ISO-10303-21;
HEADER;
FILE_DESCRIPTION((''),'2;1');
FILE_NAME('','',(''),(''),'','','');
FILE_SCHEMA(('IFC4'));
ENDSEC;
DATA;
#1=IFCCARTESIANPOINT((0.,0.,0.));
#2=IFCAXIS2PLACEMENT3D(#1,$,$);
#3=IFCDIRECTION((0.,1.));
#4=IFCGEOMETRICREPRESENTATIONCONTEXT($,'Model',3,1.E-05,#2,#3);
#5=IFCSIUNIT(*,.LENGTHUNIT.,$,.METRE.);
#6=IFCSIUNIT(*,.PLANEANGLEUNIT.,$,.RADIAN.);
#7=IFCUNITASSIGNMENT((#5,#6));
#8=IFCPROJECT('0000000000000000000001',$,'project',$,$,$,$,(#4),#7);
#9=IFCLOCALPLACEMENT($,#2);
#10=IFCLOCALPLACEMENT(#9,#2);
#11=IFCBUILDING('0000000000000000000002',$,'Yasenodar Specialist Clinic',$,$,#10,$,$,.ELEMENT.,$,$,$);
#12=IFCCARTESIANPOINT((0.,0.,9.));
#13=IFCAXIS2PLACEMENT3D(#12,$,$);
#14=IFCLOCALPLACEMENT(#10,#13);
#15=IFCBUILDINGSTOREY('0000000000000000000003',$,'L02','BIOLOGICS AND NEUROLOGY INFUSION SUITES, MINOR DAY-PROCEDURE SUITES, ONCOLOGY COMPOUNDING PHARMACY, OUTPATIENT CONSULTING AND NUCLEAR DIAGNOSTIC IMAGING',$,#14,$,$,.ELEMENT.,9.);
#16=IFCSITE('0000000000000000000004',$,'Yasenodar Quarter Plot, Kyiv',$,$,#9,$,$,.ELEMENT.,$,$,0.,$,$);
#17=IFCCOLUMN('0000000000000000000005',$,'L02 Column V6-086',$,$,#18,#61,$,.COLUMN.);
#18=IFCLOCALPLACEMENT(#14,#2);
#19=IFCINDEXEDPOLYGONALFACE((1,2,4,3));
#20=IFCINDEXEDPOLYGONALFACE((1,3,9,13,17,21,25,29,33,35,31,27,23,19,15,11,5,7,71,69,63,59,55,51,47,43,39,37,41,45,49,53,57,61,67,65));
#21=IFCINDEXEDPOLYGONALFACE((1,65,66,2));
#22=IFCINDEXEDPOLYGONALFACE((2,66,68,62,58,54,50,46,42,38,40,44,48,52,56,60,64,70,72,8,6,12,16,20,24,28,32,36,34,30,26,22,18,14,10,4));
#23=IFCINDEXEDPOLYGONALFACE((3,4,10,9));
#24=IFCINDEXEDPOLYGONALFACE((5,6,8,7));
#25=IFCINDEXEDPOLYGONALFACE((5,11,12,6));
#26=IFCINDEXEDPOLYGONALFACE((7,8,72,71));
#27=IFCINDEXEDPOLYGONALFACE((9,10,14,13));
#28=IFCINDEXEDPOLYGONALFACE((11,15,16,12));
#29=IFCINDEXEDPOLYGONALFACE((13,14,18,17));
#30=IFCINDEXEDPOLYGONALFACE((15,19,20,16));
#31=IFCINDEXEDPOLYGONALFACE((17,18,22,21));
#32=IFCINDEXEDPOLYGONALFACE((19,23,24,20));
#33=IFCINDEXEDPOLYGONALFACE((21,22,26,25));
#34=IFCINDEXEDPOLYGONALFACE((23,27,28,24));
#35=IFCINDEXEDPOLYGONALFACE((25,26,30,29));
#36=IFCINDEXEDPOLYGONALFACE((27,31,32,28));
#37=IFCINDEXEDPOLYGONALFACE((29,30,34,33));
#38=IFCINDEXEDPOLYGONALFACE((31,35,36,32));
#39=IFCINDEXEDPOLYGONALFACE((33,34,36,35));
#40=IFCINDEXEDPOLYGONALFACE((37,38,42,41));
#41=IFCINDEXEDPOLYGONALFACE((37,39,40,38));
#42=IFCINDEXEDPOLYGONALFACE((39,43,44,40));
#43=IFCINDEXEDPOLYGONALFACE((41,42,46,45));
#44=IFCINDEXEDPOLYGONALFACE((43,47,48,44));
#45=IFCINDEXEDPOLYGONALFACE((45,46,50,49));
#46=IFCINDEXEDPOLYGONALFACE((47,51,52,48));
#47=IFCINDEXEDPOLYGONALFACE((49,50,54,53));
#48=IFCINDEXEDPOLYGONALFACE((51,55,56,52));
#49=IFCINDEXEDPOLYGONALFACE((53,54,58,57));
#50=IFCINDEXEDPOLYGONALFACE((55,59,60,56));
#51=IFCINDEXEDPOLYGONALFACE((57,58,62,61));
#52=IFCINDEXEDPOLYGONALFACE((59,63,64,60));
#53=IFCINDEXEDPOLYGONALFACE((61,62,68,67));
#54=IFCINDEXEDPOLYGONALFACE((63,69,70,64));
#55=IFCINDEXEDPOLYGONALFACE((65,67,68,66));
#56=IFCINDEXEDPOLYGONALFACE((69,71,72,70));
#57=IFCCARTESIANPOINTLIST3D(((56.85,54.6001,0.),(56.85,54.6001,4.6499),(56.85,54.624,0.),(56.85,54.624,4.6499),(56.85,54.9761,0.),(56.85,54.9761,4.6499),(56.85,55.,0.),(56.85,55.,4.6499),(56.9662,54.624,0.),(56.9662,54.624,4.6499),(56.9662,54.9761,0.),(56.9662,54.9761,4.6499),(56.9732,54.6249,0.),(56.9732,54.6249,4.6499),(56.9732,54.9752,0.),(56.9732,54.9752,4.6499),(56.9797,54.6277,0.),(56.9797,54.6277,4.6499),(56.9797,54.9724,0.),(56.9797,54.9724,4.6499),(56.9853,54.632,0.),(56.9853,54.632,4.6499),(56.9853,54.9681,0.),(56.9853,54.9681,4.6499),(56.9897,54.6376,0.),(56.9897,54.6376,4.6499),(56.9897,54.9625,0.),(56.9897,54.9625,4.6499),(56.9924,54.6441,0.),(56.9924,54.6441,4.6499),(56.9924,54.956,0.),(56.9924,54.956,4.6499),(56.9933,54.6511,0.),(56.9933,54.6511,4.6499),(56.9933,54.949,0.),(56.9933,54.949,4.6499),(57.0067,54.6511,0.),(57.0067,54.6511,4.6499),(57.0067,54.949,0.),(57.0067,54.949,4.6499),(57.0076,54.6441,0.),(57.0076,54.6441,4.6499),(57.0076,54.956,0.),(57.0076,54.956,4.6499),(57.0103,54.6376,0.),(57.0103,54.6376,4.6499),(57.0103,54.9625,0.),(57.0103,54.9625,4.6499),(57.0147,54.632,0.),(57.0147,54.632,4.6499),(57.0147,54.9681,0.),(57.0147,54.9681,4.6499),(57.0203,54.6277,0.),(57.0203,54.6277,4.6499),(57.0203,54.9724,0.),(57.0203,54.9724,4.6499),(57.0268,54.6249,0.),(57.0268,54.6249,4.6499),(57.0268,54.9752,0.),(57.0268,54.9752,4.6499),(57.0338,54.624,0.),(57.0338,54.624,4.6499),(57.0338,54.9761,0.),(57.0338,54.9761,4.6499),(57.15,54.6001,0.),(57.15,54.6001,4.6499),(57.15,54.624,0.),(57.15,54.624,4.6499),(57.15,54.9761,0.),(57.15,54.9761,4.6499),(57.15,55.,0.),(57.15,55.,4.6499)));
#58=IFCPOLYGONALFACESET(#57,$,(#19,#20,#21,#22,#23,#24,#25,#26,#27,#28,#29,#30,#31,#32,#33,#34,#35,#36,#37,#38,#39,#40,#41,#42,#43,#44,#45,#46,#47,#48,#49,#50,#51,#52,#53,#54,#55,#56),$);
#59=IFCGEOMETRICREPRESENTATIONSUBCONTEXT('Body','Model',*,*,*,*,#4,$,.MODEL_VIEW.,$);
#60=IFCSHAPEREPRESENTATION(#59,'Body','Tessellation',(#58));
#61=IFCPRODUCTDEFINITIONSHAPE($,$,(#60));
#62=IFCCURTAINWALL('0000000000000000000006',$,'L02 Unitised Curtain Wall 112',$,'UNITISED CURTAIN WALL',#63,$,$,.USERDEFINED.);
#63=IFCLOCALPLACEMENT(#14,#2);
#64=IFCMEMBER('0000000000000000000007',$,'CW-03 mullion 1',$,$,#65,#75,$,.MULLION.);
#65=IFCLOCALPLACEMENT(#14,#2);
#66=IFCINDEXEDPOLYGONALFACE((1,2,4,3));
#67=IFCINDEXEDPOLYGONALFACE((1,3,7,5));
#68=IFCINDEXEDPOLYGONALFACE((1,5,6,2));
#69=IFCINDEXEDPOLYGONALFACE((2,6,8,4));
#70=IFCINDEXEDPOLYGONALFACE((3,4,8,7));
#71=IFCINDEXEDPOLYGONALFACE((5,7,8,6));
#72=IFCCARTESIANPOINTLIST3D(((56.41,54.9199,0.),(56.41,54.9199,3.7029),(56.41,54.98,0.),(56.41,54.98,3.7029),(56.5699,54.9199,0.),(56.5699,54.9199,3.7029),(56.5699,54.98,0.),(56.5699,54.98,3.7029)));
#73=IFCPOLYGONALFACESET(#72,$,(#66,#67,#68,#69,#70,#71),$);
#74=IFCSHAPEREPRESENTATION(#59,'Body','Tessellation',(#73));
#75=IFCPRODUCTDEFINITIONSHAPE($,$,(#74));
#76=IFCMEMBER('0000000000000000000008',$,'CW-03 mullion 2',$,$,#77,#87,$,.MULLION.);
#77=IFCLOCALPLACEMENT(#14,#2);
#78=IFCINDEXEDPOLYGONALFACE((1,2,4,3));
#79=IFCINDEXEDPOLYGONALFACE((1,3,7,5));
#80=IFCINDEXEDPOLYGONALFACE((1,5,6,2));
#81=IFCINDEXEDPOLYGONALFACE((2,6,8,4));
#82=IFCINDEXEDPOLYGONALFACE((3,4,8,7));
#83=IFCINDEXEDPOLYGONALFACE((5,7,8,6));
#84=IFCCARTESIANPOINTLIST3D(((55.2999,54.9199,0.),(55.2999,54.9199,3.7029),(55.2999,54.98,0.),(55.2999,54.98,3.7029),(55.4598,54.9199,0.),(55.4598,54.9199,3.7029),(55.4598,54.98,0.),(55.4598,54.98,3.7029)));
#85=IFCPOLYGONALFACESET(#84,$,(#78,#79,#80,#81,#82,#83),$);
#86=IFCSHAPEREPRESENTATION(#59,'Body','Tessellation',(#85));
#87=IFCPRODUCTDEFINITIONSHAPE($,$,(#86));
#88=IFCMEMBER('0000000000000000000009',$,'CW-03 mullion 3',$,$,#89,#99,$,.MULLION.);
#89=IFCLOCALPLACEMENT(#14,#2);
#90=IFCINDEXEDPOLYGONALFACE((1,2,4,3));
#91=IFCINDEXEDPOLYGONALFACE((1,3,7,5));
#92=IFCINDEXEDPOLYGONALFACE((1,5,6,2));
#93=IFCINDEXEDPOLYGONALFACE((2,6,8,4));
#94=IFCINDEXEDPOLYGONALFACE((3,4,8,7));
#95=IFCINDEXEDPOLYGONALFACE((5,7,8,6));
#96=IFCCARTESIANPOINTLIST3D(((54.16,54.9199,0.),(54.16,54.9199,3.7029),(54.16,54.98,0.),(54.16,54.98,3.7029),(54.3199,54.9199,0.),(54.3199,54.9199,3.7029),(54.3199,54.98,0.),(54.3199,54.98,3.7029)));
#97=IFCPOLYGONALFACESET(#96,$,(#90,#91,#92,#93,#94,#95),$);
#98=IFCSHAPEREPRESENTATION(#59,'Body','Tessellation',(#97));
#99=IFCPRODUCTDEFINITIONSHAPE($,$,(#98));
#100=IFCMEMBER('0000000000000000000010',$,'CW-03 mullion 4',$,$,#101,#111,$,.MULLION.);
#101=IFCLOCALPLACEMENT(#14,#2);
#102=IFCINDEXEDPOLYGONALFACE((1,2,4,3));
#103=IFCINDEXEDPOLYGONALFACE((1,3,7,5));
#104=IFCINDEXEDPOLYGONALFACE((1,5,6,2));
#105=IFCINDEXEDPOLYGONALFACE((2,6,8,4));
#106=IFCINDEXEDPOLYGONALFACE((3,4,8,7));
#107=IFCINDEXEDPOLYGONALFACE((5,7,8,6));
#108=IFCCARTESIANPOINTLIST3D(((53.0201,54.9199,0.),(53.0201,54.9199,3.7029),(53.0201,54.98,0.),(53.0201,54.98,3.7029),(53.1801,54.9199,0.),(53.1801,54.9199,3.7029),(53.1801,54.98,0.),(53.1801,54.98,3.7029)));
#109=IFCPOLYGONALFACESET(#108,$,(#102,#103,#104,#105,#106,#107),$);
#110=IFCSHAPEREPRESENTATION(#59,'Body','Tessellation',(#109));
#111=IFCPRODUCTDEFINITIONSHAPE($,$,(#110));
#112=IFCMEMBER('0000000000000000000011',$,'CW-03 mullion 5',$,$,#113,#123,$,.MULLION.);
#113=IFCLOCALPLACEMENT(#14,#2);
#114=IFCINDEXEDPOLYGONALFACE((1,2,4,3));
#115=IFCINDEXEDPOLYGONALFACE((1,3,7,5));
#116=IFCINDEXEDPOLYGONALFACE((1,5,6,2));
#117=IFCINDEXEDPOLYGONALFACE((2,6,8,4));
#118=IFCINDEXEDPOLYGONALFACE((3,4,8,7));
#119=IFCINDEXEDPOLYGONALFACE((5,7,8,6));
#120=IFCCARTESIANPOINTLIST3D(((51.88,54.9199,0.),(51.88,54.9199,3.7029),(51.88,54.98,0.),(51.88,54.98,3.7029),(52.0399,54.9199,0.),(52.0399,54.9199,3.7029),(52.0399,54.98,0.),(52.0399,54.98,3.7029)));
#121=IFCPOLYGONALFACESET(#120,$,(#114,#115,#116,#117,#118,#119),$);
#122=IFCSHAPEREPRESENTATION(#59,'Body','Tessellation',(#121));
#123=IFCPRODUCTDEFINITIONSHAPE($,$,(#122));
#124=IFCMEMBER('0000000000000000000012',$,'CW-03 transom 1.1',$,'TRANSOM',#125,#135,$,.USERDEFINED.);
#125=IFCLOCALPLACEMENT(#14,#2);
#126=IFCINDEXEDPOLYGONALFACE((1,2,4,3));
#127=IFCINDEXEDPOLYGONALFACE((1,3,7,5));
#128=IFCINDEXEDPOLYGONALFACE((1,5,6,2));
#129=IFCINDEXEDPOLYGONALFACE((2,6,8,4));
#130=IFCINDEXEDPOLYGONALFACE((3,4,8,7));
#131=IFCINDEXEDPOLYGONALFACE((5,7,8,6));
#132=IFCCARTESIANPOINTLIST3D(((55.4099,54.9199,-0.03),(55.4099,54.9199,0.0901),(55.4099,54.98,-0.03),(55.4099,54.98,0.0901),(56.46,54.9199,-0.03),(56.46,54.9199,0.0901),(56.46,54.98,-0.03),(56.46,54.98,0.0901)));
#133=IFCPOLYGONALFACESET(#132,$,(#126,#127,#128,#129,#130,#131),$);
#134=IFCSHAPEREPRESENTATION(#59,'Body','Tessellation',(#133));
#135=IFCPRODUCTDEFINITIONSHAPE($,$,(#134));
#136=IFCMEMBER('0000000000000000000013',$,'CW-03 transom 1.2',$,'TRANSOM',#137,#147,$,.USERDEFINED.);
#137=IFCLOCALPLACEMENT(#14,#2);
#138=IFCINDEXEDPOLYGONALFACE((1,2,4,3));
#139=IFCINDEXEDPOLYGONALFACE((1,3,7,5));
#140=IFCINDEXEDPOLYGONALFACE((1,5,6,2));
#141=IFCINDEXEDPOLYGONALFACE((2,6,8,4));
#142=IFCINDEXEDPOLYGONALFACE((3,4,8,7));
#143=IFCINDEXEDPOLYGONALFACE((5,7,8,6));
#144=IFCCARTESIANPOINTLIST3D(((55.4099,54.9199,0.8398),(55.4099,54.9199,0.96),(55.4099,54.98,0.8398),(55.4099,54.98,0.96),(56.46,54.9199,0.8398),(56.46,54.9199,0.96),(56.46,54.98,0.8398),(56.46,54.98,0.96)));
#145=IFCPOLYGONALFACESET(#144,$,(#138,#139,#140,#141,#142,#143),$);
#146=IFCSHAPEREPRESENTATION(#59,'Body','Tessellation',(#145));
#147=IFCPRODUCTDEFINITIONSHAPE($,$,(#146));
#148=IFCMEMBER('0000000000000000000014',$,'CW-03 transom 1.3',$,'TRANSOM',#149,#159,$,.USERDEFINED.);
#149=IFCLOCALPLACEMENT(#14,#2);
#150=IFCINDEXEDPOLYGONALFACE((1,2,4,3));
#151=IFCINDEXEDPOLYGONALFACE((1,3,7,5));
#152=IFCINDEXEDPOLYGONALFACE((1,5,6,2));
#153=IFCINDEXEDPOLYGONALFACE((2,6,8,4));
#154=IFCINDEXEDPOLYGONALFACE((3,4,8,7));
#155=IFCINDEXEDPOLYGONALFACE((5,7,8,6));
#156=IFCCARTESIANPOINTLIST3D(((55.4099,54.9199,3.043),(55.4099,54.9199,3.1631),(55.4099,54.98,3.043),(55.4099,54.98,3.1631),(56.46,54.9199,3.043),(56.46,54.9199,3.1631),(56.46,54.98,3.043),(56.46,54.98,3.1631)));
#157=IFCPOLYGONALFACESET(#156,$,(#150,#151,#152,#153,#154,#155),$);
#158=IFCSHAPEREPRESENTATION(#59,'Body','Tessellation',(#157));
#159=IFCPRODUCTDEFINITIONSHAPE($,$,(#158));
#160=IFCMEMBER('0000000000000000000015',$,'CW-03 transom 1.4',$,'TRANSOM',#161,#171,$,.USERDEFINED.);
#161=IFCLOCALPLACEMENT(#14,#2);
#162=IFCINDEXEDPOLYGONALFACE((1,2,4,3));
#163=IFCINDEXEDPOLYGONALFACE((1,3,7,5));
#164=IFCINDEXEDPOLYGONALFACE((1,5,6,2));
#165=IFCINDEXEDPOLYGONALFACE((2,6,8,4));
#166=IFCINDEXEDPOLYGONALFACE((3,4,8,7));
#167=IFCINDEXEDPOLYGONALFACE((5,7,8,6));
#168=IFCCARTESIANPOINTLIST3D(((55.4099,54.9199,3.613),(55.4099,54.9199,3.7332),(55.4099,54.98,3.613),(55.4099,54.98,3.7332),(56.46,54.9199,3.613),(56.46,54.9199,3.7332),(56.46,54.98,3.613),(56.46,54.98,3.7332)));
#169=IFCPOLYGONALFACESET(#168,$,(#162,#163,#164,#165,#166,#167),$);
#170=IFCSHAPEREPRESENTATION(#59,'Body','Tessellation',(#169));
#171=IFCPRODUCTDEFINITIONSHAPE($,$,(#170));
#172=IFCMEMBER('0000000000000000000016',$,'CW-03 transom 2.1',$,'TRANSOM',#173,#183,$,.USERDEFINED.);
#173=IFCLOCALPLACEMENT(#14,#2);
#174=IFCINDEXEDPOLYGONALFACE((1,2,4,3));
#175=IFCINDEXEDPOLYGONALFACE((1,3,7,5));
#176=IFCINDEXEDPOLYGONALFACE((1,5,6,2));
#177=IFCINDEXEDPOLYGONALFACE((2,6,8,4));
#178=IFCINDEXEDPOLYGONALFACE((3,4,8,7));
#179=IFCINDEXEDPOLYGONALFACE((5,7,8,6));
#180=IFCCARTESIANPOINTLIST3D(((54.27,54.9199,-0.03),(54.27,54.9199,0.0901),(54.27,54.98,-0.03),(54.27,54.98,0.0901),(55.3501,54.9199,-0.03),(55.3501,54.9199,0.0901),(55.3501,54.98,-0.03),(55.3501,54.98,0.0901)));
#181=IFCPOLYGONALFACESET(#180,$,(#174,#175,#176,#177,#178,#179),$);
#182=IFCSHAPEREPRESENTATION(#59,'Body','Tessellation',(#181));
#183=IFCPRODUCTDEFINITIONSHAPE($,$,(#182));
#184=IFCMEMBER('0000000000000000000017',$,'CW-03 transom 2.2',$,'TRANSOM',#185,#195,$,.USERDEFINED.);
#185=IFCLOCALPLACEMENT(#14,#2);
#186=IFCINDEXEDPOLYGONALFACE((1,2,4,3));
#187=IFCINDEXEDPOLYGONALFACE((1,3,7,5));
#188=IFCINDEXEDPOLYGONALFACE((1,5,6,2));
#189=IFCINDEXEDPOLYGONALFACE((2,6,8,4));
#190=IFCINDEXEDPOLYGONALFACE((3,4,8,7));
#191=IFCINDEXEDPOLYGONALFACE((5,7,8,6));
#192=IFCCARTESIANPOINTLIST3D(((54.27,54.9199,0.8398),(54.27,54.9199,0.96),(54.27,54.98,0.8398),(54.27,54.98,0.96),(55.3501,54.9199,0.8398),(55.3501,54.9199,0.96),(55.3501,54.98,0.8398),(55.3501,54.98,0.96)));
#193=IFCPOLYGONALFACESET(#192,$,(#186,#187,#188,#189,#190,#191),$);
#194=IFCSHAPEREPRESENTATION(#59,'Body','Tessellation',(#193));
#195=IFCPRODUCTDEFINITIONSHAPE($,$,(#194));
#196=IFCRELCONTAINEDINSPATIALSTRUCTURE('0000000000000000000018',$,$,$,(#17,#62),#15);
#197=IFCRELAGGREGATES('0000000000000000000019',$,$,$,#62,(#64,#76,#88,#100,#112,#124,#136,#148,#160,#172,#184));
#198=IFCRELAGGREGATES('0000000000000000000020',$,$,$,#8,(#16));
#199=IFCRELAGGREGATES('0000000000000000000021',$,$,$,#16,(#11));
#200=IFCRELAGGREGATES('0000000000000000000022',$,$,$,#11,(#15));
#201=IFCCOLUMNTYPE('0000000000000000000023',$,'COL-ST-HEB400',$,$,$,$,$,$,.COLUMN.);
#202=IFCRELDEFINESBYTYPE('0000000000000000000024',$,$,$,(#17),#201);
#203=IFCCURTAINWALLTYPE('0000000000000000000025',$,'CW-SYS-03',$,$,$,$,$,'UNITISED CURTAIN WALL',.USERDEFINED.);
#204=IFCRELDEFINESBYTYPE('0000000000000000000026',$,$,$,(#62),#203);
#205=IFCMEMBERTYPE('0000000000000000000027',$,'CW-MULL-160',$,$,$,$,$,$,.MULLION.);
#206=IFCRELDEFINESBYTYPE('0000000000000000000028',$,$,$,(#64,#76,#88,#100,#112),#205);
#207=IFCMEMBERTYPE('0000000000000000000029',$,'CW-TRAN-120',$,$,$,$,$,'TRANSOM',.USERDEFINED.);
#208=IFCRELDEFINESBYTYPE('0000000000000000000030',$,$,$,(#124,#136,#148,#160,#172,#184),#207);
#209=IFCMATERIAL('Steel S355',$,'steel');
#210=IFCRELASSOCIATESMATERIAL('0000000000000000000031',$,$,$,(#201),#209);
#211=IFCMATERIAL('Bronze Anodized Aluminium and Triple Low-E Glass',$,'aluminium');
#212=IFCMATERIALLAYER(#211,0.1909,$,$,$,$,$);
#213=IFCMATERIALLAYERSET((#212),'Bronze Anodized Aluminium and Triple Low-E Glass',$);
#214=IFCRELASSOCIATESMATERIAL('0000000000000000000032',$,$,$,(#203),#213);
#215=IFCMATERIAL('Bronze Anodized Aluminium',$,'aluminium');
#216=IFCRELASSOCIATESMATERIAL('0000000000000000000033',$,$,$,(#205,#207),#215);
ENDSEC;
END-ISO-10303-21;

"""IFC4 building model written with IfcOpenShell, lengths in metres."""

from ifc_helpers import new_model, si_unit, direction, frame, origin, origin_2d, place, context, subcontext, project, spatial, rectangle, i_section, extrude, material, layer, layer_set, material_profile, profile_set, type_object, element, aggregate, save


model = new_model("IFC4")

# Units and contexts
model_context = context("Model", 3, precision=1e-05, world=origin(), true_north=direction((0.0, 1.0)))
body_context = subcontext(model_context, "Body", "Model", "MODEL_VIEW")
ifc_project = project(units=[si_unit("LENGTHUNIT", "METRE"), si_unit("PLANEANGLEUNIT", "RADIAN")], contexts=[model_context])

# Site, building, storey
site_placement = place(None, origin())
site = spatial("IfcSite", under=ifc_project, at=site_placement, Name="Yasenodar Quarter Plot, Kyiv", CompositionType="ELEMENT", RefElevation=0.0)
building_placement = place(site_placement, origin())
building = spatial("IfcBuilding", under=site, at=building_placement, Name="Yasenodar Specialist Clinic", CompositionType="ELEMENT")
storey_placement = place(building_placement, frame((0.0, 0.0, 9.0)))
storey = spatial("IfcBuildingStorey", under=building, at=storey_placement, Name="L02", Description="BIOLOGICS AND NEUROLOGY INFUSION SUITES, MINOR DAY-PROCEDURE SUITES, ONCOLOGY COMPOUNDING PHARMACY, OUTPATIENT CONSULTING AND NUCLEAR DIAGNOSTIC IMAGING", CompositionType="ELEMENT", Elevation=9.0)

# Column
ifc_material_1 = material(Name="Steel S355", Category="steel")
ifc_material_profile_1 = material_profile(ifc_material_1, i_section(OverallWidth=0.3, OverallDepth=0.3999, WebThickness=0.0134, FlangeThickness=0.0239, FilletRadius=0.0271, at=origin_2d()), Name="HEB 400")
ifc_profile_set_1 = profile_set([ifc_material_profile_1], Name="Steel S355")
column_type = type_object("IfcColumnType", Name="COL-ST-HEB400", PredefinedType="COLUMN", material=ifc_profile_set_1)
column_placement = place(storey_placement, frame((57.0, 54.8, 0.0), z_axis=(0.0, 0.0, 1.0), x_axis=(1.0, 0.0, 0.0)))
element("IfcColumn", 1, at=column_placement, inside=storey, type_object=column_type, Name="L02 Column V6-086", PredefinedType="COLUMN", context=body_context, shape_type="SweptSolid", body=[
    extrude(i_section(OverallWidth=0.3, OverallDepth=0.3999, WebThickness=0.0134, FlangeThickness=0.0239, FilletRadius=0.0271, at=origin_2d()), origin(), (0.0, 0.0, 1.0), 4.6499),
])

# Curtain wall, members
ifc_material_2 = material(Name="Bronze Anodized Aluminium and Triple Low-E Glass", Category="aluminium")
ifc_layer_1 = layer(ifc_material_2, 0.1909)
ifc_layer_set_1 = layer_set([ifc_layer_1], Name="Bronze Anodized Aluminium and Triple Low-E Glass")
curtain_wall_type = type_object("IfcCurtainWallType", Name="CW-SYS-03", ElementType="UNITISED CURTAIN WALL", PredefinedType="USERDEFINED", material=ifc_layer_set_1)
curtain_wall_placement = place(storey_placement, origin())
curtain_wall = element("IfcCurtainWall", 2, at=curtain_wall_placement, inside=storey, type_object=curtain_wall_type, Name="L02 Unitised Curtain Wall 112", ObjectType="UNITISED CURTAIN WALL", PredefinedType="USERDEFINED")
ifc_material_3 = material(Name="Bronze Anodized Aluminium", Category="aluminium")
ifc_material_profile_2 = material_profile(ifc_material_3, rectangle(XDim=0.0601, YDim=0.1599, at=origin_2d()), Name="CW-MULL 60x160")
ifc_profile_set_2 = profile_set([ifc_material_profile_2], Name="Bronze Anodized Aluminium")
member_type_1 = type_object("IfcMemberType", Name="CW-MULL-160", PredefinedType="MULLION", material=ifc_profile_set_2)
member_1_placement = place(storey_placement, frame((56.49, 54.95, 0.0), z_axis=(0.0, 0.0, 1.0), x_axis=(0.0, -1.0, 0.0)))
member_1 = element("IfcMember", 3, at=member_1_placement, type_object=member_type_1, Name="CW-03 mullion 1", PredefinedType="MULLION", context=body_context, shape_type="SweptSolid", body=[
    extrude(rectangle(XDim=0.0601, YDim=0.1599, at=origin_2d()), origin(), (0.0, 0.0, 1.0), 3.7029),
])
member_2_placement = place(storey_placement, frame((55.3799, 54.95, 0.0), z_axis=(0.0, 0.0, 1.0), x_axis=(0.0, -1.0, 0.0)))
member_2 = element("IfcMember", 4, at=member_2_placement, type_object=member_type_1, Name="CW-03 mullion 2", PredefinedType="MULLION", context=body_context, shape_type="SweptSolid", body=[
    extrude(rectangle(XDim=0.0601, YDim=0.1599, at=origin_2d()), origin(), (0.0, 0.0, 1.0), 3.7029),
])
member_3_placement = place(storey_placement, frame((54.24, 54.95, 0.0), z_axis=(0.0, 0.0, 1.0), x_axis=(0.0, -1.0, 0.0)))
member_3 = element("IfcMember", 5, at=member_3_placement, type_object=member_type_1, Name="CW-03 mullion 3", PredefinedType="MULLION", context=body_context, shape_type="SweptSolid", body=[
    extrude(rectangle(XDim=0.0601, YDim=0.1599, at=origin_2d()), origin(), (0.0, 0.0, 1.0), 3.7029),
])
member_4_placement = place(storey_placement, frame((53.1001, 54.95, 0.0), z_axis=(0.0, 0.0, 1.0), x_axis=(0.0, -1.0, 0.0)))
member_4 = element("IfcMember", 6, at=member_4_placement, type_object=member_type_1, Name="CW-03 mullion 4", PredefinedType="MULLION", context=body_context, shape_type="SweptSolid", body=[
    extrude(rectangle(XDim=0.0601, YDim=0.1599, at=origin_2d()), origin(), (0.0, 0.0, 1.0), 3.7029),
])
member_5_placement = place(storey_placement, frame((51.96, 54.95, 0.0), z_axis=(0.0, 0.0, 1.0), x_axis=(0.0, -1.0, 0.0)))
member_5 = element("IfcMember", 7, at=member_5_placement, type_object=member_type_1, Name="CW-03 mullion 5", PredefinedType="MULLION", context=body_context, shape_type="SweptSolid", body=[
    extrude(rectangle(XDim=0.0601, YDim=0.1599, at=origin_2d()), origin(), (0.0, 0.0, 1.0), 3.7029),
])
ifc_material_profile_3 = material_profile(ifc_material_3, rectangle(XDim=0.0601, YDim=0.1201, at=origin_2d()), Name="CW-TRAN 60x120")
ifc_profile_set_3 = profile_set([ifc_material_profile_3], Name="Bronze Anodized Aluminium")
member_type_2 = type_object("IfcMemberType", Name="CW-TRAN-120", ElementType="TRANSOM", PredefinedType="USERDEFINED", material=ifc_profile_set_3)
member_6_placement = place(storey_placement, frame((56.46, 54.95, 0.03), z_axis=(-1.0, 0.0, 0.0), x_axis=(0.0, -1.0, 0.0)))
member_6 = element("IfcMember", 8, at=member_6_placement, type_object=member_type_2, Name="CW-03 transom 1.1", ObjectType="TRANSOM", PredefinedType="USERDEFINED", context=body_context, shape_type="SweptSolid", body=[
    extrude(rectangle(XDim=0.0601, YDim=0.1201, at=origin_2d()), origin(), (0.0, 0.0, 1.0), 1.05),
])
member_7_placement = place(storey_placement, frame((56.46, 54.95, 0.8999), z_axis=(-1.0, 0.0, 0.0), x_axis=(0.0, -1.0, 0.0)))
member_7 = element("IfcMember", 9, at=member_7_placement, type_object=member_type_2, Name="CW-03 transom 1.2", ObjectType="TRANSOM", PredefinedType="USERDEFINED", context=body_context, shape_type="SweptSolid", body=[
    extrude(rectangle(XDim=0.0601, YDim=0.1201, at=origin_2d()), origin(), (0.0, 0.0, 1.0), 1.05),
])
member_8_placement = place(storey_placement, frame((56.46, 54.95, 3.103), z_axis=(-1.0, 0.0, 0.0), x_axis=(0.0, -1.0, 0.0)))
member_8 = element("IfcMember", 10, at=member_8_placement, type_object=member_type_2, Name="CW-03 transom 1.3", ObjectType="TRANSOM", PredefinedType="USERDEFINED", context=body_context, shape_type="SweptSolid", body=[
    extrude(rectangle(XDim=0.0601, YDim=0.1201, at=origin_2d()), origin(), (0.0, 0.0, 1.0), 1.05),
])
member_9_placement = place(storey_placement, frame((56.46, 54.95, 3.6731), z_axis=(-1.0, 0.0, 0.0), x_axis=(0.0, -1.0, 0.0)))
member_9 = element("IfcMember", 11, at=member_9_placement, type_object=member_type_2, Name="CW-03 transom 1.4", ObjectType="TRANSOM", PredefinedType="USERDEFINED", context=body_context, shape_type="SweptSolid", body=[
    extrude(rectangle(XDim=0.0601, YDim=0.1201, at=origin_2d()), origin(), (0.0, 0.0, 1.0), 1.05),
])
member_10_placement = place(storey_placement, frame((55.3501, 54.95, 0.03), z_axis=(-1.0, 0.0, 0.0), x_axis=(0.0, -1.0, 0.0)))
member_10 = element("IfcMember", 12, at=member_10_placement, type_object=member_type_2, Name="CW-03 transom 2.1", ObjectType="TRANSOM", PredefinedType="USERDEFINED", context=body_context, shape_type="SweptSolid", body=[
    extrude(rectangle(XDim=0.0601, YDim=0.1201, at=origin_2d()), origin(), (0.0, 0.0, 1.0), 1.0801),
])
member_11_placement = place(storey_placement, frame((55.3501, 54.95, 0.8999), z_axis=(-1.0, 0.0, 0.0), x_axis=(0.0, -1.0, 0.0)))
member_11 = element("IfcMember", 13, at=member_11_placement, type_object=member_type_2, Name="CW-03 transom 2.2", ObjectType="TRANSOM", PredefinedType="USERDEFINED", context=body_context, shape_type="SweptSolid", body=[
    extrude(rectangle(XDim=0.0601, YDim=0.1201, at=origin_2d()), origin(), (0.0, 0.0, 1.0), 1.0801),
])
aggregate(curtain_wall, [member_1, member_2, member_3, member_4, member_5, member_6, member_7, member_8, member_9, member_10, member_11])

save(model, "model.ifc")
